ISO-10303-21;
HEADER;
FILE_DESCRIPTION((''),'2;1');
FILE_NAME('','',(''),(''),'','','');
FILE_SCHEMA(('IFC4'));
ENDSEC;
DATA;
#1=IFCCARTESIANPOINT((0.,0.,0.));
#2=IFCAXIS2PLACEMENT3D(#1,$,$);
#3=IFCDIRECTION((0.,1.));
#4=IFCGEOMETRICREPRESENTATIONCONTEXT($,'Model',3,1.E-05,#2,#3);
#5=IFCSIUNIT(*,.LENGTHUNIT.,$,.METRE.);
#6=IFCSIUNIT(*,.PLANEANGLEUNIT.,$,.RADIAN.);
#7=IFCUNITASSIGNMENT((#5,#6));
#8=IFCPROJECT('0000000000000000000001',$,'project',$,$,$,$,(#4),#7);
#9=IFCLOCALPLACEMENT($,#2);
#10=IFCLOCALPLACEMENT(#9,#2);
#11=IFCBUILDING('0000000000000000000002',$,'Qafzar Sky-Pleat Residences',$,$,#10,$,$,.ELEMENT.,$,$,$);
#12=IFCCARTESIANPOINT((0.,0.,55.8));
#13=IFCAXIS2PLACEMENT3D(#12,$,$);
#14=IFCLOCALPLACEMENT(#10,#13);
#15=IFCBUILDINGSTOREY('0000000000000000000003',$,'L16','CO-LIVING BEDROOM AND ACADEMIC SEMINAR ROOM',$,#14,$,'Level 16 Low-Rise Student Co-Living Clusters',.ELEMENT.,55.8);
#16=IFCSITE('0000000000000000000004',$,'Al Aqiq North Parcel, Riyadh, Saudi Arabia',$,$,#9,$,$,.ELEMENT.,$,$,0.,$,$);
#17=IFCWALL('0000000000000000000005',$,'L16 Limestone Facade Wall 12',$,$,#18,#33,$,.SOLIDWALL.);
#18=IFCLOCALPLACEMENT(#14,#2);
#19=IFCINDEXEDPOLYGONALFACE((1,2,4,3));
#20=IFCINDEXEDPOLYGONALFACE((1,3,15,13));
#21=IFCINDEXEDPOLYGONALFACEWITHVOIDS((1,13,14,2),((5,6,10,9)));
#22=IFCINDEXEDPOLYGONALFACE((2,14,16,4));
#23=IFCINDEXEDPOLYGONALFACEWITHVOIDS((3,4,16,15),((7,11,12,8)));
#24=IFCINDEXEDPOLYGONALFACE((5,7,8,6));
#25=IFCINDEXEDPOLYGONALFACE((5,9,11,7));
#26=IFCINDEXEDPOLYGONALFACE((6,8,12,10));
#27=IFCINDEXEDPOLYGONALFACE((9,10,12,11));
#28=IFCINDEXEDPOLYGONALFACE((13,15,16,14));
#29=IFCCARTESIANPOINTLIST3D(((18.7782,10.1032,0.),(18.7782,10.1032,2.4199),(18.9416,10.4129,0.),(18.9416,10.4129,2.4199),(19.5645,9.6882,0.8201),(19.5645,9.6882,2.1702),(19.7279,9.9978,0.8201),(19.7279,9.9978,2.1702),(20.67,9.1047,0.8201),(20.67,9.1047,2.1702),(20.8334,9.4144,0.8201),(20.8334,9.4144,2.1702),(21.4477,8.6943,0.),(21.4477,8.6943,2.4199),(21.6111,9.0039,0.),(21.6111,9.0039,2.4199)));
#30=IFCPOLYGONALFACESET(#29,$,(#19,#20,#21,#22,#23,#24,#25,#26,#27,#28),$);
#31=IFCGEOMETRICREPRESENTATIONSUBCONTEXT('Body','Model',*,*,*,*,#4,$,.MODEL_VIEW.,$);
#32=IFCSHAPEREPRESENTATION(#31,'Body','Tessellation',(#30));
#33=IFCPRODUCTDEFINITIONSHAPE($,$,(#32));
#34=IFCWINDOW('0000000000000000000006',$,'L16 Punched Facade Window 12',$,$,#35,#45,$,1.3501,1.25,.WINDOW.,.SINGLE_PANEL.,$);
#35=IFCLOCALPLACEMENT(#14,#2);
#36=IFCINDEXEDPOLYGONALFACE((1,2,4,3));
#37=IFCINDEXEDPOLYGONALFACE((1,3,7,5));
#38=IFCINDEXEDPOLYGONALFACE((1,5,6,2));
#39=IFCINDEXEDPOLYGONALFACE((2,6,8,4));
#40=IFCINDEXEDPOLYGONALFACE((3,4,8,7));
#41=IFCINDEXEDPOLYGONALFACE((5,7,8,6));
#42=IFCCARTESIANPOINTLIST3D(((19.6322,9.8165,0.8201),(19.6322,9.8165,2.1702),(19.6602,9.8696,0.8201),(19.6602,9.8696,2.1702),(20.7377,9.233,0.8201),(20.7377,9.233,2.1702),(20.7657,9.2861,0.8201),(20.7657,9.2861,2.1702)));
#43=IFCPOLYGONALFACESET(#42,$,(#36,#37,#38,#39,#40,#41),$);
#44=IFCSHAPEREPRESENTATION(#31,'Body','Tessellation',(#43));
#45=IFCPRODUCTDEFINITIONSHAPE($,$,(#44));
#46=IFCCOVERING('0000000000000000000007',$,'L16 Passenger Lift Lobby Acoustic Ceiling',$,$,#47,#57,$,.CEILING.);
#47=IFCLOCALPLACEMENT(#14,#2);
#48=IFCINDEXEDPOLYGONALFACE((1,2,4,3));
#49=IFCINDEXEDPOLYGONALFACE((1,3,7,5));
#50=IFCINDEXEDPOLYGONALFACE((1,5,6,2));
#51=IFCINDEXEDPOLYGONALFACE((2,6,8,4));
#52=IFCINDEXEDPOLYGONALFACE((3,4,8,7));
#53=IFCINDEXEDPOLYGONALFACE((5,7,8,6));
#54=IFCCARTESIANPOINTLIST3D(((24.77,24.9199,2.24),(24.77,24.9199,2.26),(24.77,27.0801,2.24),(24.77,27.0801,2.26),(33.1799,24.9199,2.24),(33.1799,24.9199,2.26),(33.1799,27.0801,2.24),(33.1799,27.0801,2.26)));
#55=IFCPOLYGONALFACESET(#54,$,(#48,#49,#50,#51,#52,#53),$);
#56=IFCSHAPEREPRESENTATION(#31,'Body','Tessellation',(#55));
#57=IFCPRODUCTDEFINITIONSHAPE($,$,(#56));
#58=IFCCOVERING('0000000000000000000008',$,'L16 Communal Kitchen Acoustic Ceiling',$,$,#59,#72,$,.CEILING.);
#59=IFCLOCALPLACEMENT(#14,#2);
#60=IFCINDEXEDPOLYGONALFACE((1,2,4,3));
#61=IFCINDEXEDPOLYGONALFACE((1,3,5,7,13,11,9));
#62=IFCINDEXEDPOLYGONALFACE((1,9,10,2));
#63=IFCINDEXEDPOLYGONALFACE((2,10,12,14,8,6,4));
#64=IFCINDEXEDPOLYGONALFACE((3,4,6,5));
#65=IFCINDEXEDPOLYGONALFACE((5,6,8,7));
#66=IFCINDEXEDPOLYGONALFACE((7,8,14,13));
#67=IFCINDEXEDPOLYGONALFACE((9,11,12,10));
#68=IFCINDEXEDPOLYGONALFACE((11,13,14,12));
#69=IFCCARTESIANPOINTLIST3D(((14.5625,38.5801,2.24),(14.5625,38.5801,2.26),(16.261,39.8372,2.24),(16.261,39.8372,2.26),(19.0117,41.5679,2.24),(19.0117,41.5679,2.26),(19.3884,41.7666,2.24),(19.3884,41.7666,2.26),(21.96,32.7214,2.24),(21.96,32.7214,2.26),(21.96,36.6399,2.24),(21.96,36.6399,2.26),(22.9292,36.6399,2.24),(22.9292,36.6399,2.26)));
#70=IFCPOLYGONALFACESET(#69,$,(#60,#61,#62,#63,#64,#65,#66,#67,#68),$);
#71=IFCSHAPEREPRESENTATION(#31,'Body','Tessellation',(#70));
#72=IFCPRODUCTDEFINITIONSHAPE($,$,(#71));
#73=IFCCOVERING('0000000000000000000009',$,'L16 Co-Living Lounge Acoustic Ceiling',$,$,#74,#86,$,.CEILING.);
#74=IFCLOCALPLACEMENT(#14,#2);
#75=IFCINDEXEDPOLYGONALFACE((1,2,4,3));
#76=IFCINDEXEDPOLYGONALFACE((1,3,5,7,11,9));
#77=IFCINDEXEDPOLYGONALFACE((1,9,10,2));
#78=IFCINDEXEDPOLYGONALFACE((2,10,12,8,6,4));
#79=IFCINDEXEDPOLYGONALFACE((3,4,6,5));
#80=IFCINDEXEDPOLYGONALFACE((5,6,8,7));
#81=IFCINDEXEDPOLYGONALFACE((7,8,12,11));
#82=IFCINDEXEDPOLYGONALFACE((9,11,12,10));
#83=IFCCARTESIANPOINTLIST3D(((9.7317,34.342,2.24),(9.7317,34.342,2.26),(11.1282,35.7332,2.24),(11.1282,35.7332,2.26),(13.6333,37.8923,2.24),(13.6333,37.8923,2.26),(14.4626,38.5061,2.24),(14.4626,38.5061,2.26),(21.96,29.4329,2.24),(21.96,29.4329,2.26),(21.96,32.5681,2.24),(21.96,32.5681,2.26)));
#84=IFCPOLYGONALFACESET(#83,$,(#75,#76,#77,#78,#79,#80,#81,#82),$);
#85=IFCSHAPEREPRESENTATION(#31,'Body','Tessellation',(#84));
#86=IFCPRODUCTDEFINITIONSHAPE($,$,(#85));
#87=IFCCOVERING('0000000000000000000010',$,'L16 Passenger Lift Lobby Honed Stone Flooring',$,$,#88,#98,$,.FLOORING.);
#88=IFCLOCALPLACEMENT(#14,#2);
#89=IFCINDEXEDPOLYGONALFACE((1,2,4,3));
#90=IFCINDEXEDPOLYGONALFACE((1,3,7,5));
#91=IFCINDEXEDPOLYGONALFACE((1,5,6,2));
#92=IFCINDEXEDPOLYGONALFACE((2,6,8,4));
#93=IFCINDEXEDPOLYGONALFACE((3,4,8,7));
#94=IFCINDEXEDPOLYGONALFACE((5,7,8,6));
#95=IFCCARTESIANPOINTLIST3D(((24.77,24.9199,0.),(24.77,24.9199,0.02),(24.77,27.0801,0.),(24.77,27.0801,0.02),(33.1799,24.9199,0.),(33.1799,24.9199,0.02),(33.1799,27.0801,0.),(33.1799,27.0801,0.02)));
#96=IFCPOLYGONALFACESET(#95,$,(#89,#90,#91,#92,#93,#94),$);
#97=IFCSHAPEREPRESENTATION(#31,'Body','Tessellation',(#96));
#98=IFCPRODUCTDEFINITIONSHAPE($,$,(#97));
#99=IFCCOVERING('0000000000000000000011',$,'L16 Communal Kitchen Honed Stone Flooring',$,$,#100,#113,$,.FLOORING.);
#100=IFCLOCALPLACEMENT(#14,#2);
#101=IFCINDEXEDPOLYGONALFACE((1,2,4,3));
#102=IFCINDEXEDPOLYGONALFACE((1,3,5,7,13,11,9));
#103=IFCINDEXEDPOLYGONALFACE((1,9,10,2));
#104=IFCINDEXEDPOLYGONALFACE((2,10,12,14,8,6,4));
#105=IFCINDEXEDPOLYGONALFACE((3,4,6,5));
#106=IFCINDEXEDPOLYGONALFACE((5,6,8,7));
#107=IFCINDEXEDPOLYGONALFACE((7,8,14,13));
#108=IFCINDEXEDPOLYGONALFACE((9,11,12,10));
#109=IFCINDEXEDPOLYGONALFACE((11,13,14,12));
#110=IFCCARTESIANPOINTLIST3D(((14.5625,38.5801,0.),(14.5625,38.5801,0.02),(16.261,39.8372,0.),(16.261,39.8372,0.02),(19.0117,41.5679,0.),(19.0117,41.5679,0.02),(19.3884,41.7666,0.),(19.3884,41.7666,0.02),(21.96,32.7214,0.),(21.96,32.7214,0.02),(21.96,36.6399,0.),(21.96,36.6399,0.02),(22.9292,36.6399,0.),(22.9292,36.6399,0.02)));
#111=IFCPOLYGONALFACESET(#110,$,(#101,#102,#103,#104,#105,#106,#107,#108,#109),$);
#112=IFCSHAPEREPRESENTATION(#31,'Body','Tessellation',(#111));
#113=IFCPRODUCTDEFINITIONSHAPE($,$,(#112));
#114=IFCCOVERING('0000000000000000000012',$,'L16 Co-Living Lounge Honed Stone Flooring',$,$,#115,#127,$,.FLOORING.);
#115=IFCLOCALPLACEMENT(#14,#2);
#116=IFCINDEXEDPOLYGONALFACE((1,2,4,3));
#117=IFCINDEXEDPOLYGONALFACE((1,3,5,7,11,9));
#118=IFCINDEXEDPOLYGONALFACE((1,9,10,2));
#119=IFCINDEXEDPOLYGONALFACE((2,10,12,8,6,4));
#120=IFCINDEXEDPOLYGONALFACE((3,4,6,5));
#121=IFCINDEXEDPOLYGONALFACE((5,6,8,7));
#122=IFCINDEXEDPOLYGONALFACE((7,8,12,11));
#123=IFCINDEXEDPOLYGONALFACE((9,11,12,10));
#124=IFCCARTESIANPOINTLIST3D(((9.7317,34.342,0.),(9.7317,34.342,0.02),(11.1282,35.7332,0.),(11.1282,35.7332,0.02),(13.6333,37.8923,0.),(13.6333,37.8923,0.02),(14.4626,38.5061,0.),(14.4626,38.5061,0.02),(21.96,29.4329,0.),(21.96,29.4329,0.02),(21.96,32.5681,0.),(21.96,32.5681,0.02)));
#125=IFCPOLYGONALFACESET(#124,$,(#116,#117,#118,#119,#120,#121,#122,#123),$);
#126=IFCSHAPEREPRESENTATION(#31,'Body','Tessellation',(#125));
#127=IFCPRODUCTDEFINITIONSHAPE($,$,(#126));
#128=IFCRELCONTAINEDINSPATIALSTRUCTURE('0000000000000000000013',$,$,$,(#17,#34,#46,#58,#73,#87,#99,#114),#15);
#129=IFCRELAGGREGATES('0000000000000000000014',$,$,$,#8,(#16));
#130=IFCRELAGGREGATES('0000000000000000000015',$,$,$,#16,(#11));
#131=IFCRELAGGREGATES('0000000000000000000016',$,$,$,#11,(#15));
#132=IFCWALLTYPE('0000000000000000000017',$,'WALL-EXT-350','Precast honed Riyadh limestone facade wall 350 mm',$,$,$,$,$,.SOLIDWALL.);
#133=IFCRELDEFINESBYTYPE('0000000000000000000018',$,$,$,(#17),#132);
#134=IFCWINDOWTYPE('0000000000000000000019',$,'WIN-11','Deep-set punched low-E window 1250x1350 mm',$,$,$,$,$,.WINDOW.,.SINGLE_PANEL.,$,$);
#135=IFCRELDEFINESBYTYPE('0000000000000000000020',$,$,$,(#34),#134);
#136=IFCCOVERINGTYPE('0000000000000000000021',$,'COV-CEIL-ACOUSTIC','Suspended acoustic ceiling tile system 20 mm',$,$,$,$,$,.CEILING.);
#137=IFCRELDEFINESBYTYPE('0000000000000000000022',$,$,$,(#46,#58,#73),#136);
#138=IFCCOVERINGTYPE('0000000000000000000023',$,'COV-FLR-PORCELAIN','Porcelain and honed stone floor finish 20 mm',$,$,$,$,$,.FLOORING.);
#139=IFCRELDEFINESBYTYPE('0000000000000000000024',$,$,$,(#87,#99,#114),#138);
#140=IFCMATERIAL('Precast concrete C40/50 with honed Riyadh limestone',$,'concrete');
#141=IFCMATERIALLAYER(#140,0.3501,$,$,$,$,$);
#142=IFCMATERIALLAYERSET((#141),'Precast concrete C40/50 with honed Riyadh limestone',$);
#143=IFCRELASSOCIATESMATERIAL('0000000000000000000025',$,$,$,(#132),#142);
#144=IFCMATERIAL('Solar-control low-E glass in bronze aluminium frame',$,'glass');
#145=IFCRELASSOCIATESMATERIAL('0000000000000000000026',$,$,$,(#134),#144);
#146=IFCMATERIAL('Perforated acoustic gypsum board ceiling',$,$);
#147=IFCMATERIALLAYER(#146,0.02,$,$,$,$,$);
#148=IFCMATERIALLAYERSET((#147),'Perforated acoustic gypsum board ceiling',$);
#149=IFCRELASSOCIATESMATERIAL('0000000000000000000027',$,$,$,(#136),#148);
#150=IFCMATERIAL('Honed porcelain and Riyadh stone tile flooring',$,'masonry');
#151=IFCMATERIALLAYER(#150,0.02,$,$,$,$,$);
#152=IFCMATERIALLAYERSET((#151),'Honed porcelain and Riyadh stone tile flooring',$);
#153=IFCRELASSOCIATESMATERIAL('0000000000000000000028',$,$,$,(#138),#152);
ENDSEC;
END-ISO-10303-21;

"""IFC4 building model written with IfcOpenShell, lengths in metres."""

from ifc_helpers import new_model, si_unit, direction, frame, frame_2d, origin, place, context, subcontext, project, spatial, polyline, rectangle, outline, extrude, source, transform, mapped, material, layer, layer_set, type_object, element, fill, save


model = new_model("IFC4")

# Units and contexts
model_context = context("Model", 3, precision=1e-05, world=origin(), true_north=direction((0.0, 1.0)))
body_context = subcontext(model_context, "Body", "Model", "MODEL_VIEW")
ifc_project = project(units=[si_unit("LENGTHUNIT", "METRE"), si_unit("PLANEANGLEUNIT", "RADIAN")], contexts=[model_context])

# Site, building, storey
site_placement = place(None, origin())
site = spatial("IfcSite", under=ifc_project, at=site_placement, Name="Al Aqiq North Parcel, Riyadh, Saudi Arabia", CompositionType="ELEMENT", RefElevation=0.0)
building_placement = place(site_placement, origin())
building = spatial("IfcBuilding", under=site, at=building_placement, Name="Qafzar Sky-Pleat Residences", CompositionType="ELEMENT")
storey_placement = place(building_placement, frame((0.0, 0.0, 55.8)))
storey = spatial("IfcBuildingStorey", under=building, at=storey_placement, Name="L16", Description="CO-LIVING BEDROOM AND ACADEMIC SEMINAR ROOM", LongName="Level 16 Low-Rise Student Co-Living Clusters", CompositionType="ELEMENT", Elevation=55.8)

# Wall, opening, window
ifc_material_1 = material(Name="Precast concrete C40/50 with honed Riyadh limestone", Category="concrete")
ifc_layer_1 = layer(ifc_material_1, 0.3501)
ifc_layer_set_1 = layer_set([ifc_layer_1], Name="Precast concrete C40/50 with honed Riyadh limestone")
wall_type_1 = type_object("IfcWallType", Name="WALL-EXT-350", Description="Precast honed Riyadh limestone facade wall 350 mm", PredefinedType="SOLIDWALL", material=ifc_layer_set_1)
wall_1_placement = place(storey_placement, frame((18.8599, 10.2581, 0.0), z_axis=(0.0, 0.0, 1.0), x_axis=(0.884375, -0.466776, 0.0)))
wall_1 = element("IfcWall", 1, at=wall_1_placement, inside=storey, type_object=wall_type_1, Name="L16 Limestone Facade Wall 12", PredefinedType="SOLIDWALL", context=body_context, shape_type="SweptSolid", body=[
    extrude(rectangle(XDim=3.0186, YDim=0.3501, at=frame_2d((1.5093, 0.0))), origin(), (0.0, 0.0, 1.0), 2.4199),
])
opening_placement = place(wall_1_placement, frame((0.8892, 0.0, 0.8201)))
opening = element("IfcOpeningElement", 2, at=opening_placement, cuts=wall_1, PredefinedType="OPENING", context=body_context, shape_type="SweptSolid", body=[
    extrude(rectangle(XDim=1.25, YDim=1.3501, at=frame_2d((0.625, 0.675))), frame((0.0, 0.1851, 0.0), z_axis=(0.0, -1.0, 0.0), x_axis=(1.0, 0.0, 0.0)), (0.0, 0.0, 1.0), 0.3701),
])
ifc_material_2 = material(Name="Solar-control low-E glass in bronze aluminium frame", Category="glass")
window_type = type_object("IfcWindowType", Name="WIN-11", Description="Deep-set punched low-E window 1250x1350 mm", PartitioningType="SINGLE_PANEL", PredefinedType="WINDOW", material=ifc_material_2)
shared_shape_1 = source(origin(), body_context, "Body", "SweptSolid", [
    extrude(rectangle(XDim=1.25, YDim=1.3501, at=frame_2d((0.625, 0.675))), frame((0.0, 0.03, 0.0), z_axis=(0.0, -1.0, 0.0), x_axis=(1.0, 0.0, 0.0)), (0.0, 0.0, 1.0), 0.0601),
])
window_placement = place(opening_placement, origin())
window = element("IfcWindow", 3, at=window_placement, inside=storey, type_object=window_type, Name="L16 Punched Facade Window 12", OverallHeight=1.3501, OverallWidth=1.25, PartitioningType="SINGLE_PANEL", PredefinedType="WINDOW", context=body_context, shape_type="MappedRepresentation", body=[
    mapped(shared_shape_1, transform((0.0, 0.0, 0.0), x_axis=(1.0, 0.0, 0.0), y_axis=(0.0, 1.0, 0.0), z_axis=(0.0, 0.0, 1.0), scale=1.0)),
])
fill(opening, window)

# Coverings
ifc_material_3 = material(Name="Perforated acoustic gypsum board ceiling")
ifc_layer_2 = layer(ifc_material_3, 0.02)
ifc_layer_set_2 = layer_set([ifc_layer_2], Name="Perforated acoustic gypsum board ceiling")
covering_type_1 = type_object("IfcCoveringType", Name="COV-CEIL-ACOUSTIC", Description="Suspended acoustic ceiling tile system 20 mm", PredefinedType="CEILING", material=ifc_layer_set_2)
covering_1_placement = place(storey_placement, frame((0.0, 0.0, 2.24)))
element("IfcCovering", 4, at=covering_1_placement, inside=storey, type_object=covering_type_1, Name="L16 Passenger Lift Lobby Acoustic Ceiling", PredefinedType="CEILING", context=body_context, shape_type="SweptSolid", body=[
    extrude(outline(polyline([(33.1799, 24.9199), (24.77, 24.9199), (24.77, 27.0801), (33.1799, 27.0801), (33.1799, 24.9199)])), origin(), (0.0, 0.0, 1.0), 0.02),
])
covering_2_placement = place(storey_placement, frame((0.0, 0.0, 2.24)))
element("IfcCovering", 5, at=covering_2_placement, inside=storey, type_object=covering_type_1, Name="L16 Communal Kitchen Acoustic Ceiling", PredefinedType="CEILING", context=body_context, shape_type="SweptSolid", body=[
    extrude(outline(polyline([(19.0117, 41.5679), (19.3884, 41.7666), (22.9292, 36.6399), (21.96, 36.6399), (21.96, 32.7214), (14.5625, 38.5801), (16.261, 39.8372), (19.0117, 41.5679)])), origin(), (0.0, 0.0, 1.0), 0.02),
])
covering_3_placement = place(storey_placement, frame((0.0, 0.0, 2.24)))
element("IfcCovering", 6, at=covering_3_placement, inside=storey, type_object=covering_type_1, Name="L16 Co-Living Lounge Acoustic Ceiling", PredefinedType="CEILING", context=body_context, shape_type="SweptSolid", body=[
    extrude(outline(polyline([(13.6333, 37.8923), (14.4626, 38.5061), (21.96, 32.5681), (21.96, 29.4329), (9.7317, 34.342), (11.1282, 35.7332), (13.6333, 37.8923)])), origin(), (0.0, 0.0, 1.0), 0.02),
])
ifc_material_4 = material(Name="Honed porcelain and Riyadh stone tile flooring", Category="masonry")
ifc_layer_3 = layer(ifc_material_4, 0.02)
ifc_layer_set_3 = layer_set([ifc_layer_3], Name="Honed porcelain and Riyadh stone tile flooring")
covering_type_2 = type_object("IfcCoveringType", Name="COV-FLR-PORCELAIN", Description="Porcelain and honed stone floor finish 20 mm", PredefinedType="FLOORING", material=ifc_layer_set_3)
covering_4_placement = place(storey_placement, origin())
element("IfcCovering", 7, at=covering_4_placement, inside=storey, type_object=covering_type_2, Name="L16 Passenger Lift Lobby Honed Stone Flooring", PredefinedType="FLOORING", context=body_context, shape_type="SweptSolid", body=[
    extrude(outline(polyline([(33.1799, 24.9199), (24.77, 24.9199), (24.77, 27.0801), (33.1799, 27.0801), (33.1799, 24.9199)])), origin(), (0.0, 0.0, 1.0), 0.02),
])
covering_5_placement = place(storey_placement, origin())
element("IfcCovering", 8, at=covering_5_placement, inside=storey, type_object=covering_type_2, Name="L16 Communal Kitchen Honed Stone Flooring", PredefinedType="FLOORING", context=body_context, shape_type="SweptSolid", body=[
    extrude(outline(polyline([(19.0117, 41.5679), (19.3884, 41.7666), (22.9292, 36.6399), (21.96, 36.6399), (21.96, 32.7214), (14.5625, 38.5801), (16.261, 39.8372), (19.0117, 41.5679)])), origin(), (0.0, 0.0, 1.0), 0.02),
])
covering_6_placement = place(storey_placement, origin())
element("IfcCovering", 9, at=covering_6_placement, inside=storey, type_object=covering_type_2, Name="L16 Co-Living Lounge Honed Stone Flooring", PredefinedType="FLOORING", context=body_context, shape_type="SweptSolid", body=[
    extrude(outline(polyline([(13.6333, 37.8923), (14.4626, 38.5061), (21.96, 32.5681), (21.96, 29.4329), (9.7317, 34.342), (11.1282, 35.7332), (13.6333, 37.8923)])), origin(), (0.0, 0.0, 1.0), 0.02),
])

save(model, "model.ifc")
